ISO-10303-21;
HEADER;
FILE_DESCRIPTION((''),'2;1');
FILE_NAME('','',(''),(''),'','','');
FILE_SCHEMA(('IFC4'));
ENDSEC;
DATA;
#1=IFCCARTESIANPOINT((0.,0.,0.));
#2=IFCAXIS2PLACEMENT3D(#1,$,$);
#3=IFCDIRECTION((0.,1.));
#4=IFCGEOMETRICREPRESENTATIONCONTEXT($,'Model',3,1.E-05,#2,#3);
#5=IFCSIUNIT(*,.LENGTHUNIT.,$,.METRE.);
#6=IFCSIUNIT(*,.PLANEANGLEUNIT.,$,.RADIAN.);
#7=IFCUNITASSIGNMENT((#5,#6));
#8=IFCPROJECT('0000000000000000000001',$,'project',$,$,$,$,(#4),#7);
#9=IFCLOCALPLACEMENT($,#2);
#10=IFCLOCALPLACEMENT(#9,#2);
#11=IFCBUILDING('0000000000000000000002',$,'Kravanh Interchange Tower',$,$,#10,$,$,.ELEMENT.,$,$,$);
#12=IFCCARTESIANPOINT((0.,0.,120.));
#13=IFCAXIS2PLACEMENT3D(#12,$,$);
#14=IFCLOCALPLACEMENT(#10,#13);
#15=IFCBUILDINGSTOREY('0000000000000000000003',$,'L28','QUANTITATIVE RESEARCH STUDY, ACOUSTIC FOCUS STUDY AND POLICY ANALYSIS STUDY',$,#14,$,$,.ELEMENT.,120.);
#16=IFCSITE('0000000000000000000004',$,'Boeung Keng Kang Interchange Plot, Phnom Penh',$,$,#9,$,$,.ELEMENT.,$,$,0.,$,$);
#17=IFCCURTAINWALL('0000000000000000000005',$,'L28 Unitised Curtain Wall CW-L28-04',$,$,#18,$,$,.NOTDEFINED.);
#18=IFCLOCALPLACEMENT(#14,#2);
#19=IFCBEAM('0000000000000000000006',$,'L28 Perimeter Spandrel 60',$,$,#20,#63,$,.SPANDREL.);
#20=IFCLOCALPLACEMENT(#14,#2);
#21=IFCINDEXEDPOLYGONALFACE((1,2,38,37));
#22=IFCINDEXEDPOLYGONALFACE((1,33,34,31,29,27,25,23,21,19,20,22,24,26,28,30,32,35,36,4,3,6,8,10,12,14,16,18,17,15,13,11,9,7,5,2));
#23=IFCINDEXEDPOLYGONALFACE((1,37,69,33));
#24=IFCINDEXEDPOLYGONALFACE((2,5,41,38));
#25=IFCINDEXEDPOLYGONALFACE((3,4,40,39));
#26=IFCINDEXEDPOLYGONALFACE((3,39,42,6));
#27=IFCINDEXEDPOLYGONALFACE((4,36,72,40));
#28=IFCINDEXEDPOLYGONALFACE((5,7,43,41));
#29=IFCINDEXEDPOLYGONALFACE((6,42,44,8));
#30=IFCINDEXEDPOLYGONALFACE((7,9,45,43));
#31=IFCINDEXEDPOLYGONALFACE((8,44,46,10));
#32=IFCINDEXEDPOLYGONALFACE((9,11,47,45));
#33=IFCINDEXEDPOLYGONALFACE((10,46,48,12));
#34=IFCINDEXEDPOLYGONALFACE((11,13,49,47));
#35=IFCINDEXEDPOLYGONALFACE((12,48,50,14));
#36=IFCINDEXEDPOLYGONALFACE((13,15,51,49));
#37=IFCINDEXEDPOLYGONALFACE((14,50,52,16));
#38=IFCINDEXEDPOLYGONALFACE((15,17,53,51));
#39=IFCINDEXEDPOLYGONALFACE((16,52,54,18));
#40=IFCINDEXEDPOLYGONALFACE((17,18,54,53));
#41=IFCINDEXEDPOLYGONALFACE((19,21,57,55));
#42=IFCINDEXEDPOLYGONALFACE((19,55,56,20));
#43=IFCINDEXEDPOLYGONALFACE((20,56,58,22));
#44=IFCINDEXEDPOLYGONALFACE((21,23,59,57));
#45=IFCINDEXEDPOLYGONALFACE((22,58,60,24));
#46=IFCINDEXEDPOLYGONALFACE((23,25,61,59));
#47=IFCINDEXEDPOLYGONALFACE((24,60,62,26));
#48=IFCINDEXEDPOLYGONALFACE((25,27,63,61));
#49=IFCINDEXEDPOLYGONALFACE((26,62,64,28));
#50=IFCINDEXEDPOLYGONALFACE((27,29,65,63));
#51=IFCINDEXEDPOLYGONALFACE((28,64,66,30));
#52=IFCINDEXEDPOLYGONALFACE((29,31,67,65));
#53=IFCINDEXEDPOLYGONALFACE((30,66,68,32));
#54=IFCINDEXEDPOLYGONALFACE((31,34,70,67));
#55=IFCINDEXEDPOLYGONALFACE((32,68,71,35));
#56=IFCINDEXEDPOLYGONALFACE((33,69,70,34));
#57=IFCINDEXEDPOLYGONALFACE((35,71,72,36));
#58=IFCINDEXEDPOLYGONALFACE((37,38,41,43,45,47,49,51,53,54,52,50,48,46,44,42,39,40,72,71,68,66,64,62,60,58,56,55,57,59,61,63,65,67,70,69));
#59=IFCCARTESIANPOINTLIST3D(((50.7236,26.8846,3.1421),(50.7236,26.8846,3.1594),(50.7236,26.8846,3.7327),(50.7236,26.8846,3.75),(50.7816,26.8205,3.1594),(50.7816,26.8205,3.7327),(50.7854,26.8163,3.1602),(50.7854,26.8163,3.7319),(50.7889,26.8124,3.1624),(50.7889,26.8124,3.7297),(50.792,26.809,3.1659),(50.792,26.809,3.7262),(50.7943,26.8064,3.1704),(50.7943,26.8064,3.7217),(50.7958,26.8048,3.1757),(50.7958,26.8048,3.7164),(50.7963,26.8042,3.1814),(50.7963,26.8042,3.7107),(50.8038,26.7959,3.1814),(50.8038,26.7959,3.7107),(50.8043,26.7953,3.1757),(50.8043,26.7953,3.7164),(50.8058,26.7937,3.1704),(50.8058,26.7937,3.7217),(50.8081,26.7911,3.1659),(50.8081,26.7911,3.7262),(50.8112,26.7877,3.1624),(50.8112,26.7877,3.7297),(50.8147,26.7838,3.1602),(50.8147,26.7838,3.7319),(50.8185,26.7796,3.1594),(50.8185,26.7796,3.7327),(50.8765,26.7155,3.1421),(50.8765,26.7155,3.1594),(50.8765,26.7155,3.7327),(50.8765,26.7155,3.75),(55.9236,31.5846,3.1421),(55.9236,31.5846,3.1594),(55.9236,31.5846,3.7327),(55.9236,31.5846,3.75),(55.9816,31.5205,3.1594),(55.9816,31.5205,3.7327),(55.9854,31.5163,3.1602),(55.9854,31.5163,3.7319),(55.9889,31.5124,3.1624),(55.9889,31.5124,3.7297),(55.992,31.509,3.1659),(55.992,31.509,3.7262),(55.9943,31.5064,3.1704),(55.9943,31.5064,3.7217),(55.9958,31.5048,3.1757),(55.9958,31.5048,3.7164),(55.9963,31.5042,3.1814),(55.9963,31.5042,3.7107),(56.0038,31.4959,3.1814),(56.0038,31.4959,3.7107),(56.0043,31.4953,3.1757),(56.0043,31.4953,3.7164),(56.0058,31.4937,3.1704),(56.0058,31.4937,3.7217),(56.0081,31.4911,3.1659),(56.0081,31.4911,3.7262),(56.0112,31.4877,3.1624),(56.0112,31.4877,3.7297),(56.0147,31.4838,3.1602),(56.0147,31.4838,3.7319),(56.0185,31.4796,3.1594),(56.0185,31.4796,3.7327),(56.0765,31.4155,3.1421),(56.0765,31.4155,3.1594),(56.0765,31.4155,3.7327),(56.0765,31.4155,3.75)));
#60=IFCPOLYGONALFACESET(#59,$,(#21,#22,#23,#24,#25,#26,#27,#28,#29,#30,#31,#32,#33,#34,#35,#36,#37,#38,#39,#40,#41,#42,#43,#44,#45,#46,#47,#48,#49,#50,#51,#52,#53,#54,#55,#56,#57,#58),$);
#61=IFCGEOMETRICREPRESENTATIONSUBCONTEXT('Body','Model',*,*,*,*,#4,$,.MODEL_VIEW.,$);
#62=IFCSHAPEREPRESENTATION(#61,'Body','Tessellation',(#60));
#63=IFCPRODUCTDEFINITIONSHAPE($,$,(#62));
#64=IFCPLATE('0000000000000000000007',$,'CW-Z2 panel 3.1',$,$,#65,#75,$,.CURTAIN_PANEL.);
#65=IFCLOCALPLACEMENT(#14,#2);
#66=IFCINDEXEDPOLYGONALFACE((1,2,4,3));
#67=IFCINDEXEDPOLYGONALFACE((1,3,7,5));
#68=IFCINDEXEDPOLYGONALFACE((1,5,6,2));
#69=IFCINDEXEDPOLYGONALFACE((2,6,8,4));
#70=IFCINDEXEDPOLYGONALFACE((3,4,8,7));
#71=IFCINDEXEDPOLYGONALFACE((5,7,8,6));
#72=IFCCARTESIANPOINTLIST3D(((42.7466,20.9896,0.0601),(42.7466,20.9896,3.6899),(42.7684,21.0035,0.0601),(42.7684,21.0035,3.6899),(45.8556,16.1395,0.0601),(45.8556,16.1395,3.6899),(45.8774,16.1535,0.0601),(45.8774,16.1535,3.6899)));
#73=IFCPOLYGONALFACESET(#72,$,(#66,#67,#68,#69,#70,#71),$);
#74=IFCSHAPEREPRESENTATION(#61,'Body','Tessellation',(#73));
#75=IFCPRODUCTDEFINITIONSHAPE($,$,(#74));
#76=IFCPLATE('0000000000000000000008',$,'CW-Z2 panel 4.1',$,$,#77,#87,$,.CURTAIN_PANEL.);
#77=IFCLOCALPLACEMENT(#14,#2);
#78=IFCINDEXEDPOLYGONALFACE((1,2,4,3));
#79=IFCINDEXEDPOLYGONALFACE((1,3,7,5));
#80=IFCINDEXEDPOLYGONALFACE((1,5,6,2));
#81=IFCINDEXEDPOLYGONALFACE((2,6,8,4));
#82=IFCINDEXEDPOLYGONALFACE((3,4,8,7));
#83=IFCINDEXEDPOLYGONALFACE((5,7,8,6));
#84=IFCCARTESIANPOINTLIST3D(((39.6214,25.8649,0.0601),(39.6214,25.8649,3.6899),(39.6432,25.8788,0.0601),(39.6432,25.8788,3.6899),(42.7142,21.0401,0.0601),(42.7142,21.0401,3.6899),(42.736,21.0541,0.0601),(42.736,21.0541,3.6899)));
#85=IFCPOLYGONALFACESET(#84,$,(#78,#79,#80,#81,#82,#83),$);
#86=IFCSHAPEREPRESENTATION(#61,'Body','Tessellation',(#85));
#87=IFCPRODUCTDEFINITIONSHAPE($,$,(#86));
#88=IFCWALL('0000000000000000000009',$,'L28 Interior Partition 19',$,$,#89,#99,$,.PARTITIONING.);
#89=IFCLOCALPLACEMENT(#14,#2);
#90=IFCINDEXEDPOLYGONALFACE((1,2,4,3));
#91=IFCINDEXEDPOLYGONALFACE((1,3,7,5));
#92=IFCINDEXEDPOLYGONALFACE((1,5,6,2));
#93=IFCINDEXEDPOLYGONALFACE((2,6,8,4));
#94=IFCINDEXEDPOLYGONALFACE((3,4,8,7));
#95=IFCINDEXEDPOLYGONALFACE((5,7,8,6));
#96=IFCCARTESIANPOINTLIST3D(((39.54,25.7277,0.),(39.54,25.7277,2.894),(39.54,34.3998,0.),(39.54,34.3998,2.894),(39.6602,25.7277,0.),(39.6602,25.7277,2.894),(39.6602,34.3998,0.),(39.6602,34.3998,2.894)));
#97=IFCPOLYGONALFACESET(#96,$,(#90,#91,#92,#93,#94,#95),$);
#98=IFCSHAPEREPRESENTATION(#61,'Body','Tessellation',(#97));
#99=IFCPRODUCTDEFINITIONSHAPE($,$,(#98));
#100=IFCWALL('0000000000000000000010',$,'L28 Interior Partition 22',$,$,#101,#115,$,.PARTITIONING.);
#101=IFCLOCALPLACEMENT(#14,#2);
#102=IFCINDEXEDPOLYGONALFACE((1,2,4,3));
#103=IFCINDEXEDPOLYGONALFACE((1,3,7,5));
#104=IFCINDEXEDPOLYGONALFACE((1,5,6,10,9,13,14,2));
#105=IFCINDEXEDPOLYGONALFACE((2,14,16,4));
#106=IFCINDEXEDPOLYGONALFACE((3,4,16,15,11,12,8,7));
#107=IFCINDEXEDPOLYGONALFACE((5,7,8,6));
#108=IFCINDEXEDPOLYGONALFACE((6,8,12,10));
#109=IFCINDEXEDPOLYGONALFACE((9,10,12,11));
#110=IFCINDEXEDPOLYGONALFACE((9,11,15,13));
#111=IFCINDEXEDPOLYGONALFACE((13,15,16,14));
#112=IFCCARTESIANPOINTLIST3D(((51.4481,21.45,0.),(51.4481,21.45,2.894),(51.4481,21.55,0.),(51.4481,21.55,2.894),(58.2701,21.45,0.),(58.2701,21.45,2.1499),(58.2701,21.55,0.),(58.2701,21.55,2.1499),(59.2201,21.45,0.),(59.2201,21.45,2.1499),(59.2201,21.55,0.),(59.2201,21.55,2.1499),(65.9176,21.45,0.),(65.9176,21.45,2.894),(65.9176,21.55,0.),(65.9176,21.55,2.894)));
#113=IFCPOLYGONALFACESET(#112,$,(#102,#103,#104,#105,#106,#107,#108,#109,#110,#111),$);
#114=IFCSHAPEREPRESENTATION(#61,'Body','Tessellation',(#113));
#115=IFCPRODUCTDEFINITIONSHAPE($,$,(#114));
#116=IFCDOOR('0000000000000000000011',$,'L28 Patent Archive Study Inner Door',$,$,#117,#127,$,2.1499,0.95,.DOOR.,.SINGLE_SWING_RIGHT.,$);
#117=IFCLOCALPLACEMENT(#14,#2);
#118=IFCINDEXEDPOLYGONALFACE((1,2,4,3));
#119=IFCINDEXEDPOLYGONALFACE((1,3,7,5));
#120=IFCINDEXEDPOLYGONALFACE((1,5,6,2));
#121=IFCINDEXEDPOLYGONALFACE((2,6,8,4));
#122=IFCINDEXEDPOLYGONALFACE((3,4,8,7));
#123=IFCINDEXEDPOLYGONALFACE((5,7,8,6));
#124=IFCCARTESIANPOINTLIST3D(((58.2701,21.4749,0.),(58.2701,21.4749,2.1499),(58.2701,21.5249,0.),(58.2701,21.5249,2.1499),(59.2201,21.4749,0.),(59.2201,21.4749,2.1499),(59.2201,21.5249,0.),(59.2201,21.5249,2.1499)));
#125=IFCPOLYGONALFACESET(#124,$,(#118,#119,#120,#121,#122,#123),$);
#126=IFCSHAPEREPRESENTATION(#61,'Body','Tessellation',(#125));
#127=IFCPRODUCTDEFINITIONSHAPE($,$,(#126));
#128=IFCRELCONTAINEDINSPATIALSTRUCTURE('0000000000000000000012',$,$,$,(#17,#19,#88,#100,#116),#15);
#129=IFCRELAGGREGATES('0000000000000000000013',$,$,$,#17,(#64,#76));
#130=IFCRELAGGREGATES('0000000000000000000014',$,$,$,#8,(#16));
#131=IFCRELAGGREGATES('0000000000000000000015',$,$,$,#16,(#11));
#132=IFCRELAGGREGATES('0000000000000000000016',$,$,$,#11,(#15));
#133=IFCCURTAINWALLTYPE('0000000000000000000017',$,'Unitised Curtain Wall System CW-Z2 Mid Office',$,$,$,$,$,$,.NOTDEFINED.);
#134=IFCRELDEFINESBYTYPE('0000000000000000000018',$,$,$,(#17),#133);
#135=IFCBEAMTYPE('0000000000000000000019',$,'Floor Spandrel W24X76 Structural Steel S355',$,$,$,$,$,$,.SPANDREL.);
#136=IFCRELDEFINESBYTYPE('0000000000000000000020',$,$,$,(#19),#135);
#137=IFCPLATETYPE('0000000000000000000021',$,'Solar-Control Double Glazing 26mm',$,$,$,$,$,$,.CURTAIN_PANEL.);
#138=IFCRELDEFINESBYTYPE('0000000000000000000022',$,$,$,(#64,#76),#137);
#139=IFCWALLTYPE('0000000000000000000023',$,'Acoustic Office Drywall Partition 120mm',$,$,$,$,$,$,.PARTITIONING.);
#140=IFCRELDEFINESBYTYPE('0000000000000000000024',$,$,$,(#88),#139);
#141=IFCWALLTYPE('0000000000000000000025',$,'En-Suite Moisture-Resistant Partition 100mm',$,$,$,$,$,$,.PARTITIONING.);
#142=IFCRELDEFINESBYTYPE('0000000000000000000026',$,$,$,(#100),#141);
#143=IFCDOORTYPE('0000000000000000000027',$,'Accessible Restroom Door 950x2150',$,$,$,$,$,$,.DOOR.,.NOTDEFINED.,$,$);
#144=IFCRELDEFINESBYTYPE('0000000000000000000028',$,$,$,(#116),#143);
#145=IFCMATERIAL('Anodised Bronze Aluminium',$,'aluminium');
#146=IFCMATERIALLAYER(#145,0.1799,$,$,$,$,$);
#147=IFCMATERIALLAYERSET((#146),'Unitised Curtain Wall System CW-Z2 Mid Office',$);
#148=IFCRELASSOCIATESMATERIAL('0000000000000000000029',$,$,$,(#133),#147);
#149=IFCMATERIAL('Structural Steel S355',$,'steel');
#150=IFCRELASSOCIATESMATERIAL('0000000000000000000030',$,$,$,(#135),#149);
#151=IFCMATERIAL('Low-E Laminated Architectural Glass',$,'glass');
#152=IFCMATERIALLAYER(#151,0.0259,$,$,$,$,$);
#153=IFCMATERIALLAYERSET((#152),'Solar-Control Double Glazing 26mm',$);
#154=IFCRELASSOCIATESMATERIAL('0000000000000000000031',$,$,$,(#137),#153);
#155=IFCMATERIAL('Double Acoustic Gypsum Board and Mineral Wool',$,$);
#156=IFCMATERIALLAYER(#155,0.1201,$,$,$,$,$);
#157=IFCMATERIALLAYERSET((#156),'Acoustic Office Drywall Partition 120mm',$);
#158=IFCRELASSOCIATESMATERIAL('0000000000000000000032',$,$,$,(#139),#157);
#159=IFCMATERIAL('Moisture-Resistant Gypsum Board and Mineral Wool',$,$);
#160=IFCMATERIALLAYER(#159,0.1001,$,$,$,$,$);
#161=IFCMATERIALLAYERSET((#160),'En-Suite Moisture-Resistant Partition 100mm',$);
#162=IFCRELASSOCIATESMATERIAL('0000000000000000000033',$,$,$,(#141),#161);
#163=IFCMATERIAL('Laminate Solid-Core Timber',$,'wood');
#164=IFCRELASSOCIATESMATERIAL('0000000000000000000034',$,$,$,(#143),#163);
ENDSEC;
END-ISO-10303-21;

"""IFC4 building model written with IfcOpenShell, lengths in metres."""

from ifc_helpers import new_model, si_unit, direction, frame, frame_2d, origin, origin_2d, place, context, subcontext, project, spatial, rectangle, i_section, extrude, material, layer, layer_set, material_profile, profile_set, type_object, element, fill, aggregate, save


model = new_model("IFC4")

# Units and contexts
model_context = context("Model", 3, precision=1e-05, world=origin(), true_north=direction((0.0, 1.0)))
body_context = subcontext(model_context, "Body", "Model", "MODEL_VIEW")
ifc_project = project(units=[si_unit("LENGTHUNIT", "METRE"), si_unit("PLANEANGLEUNIT", "RADIAN")], contexts=[model_context])

# Site, building, storey
site_placement = place(None, origin())
site = spatial("IfcSite", under=ifc_project, at=site_placement, Name="Boeung Keng Kang Interchange Plot, Phnom Penh", CompositionType="ELEMENT", RefElevation=0.0)
building_placement = place(site_placement, origin())
building = spatial("IfcBuilding", under=site, at=building_placement, Name="Kravanh Interchange Tower", CompositionType="ELEMENT")
storey_placement = place(building_placement, frame((0.0, 0.0, 120.0)))
storey = spatial("IfcBuildingStorey", under=building, at=storey_placement, Name="L28", Description="QUANTITATIVE RESEARCH STUDY, ACOUSTIC FOCUS STUDY AND POLICY ANALYSIS STUDY", CompositionType="ELEMENT", Elevation=120.0)

# Curtain wall
ifc_material_1 = material(Name="Anodised Bronze Aluminium", Category="aluminium")
ifc_layer_1 = layer(ifc_material_1, 0.1799)
ifc_layer_set_1 = layer_set([ifc_layer_1], Name="Unitised Curtain Wall System CW-Z2 Mid Office")
curtain_wall_type = type_object("IfcCurtainWallType", Name="Unitised Curtain Wall System CW-Z2 Mid Office", PredefinedType="NOTDEFINED", material=ifc_layer_set_1)
curtain_wall_1_placement = place(storey_placement, origin())
curtain_wall_1 = element("IfcCurtainWall", 1, at=curtain_wall_1_placement, inside=storey, type_object=curtain_wall_type, Name="L28 Unitised Curtain Wall CW-L28-04", PredefinedType="NOTDEFINED")

# Beam
ifc_material_2 = material(Name="Structural Steel S355", Category="steel")
ifc_material_profile_1 = material_profile(ifc_material_2, i_section(OverallWidth=0.228, OverallDepth=0.6079, WebThickness=0.0112, FlangeThickness=0.0173, FilletRadius=0.022, at=origin_2d()), Name="W24X76")
ifc_profile_set_1 = profile_set([ifc_material_profile_1], Name="Structural Steel S355")
beam_type_1 = type_object("IfcBeamType", Name="Floor Spandrel W24X76 Structural Steel S355", PredefinedType="SPANDREL", material=ifc_profile_set_1)
beam_1_placement = place(storey_placement, frame((50.8, 26.8, 3.446), z_axis=(0.741874, 0.670539, 0.0), x_axis=(-0.670539, 0.741874, 0.0)))
element("IfcBeam", 2, at=beam_1_placement, inside=storey, type_object=beam_type_1, Name="L28 Perimeter Spandrel 60", PredefinedType="SPANDREL", context=body_context, shape_type="SweptSolid", body=[
    extrude(i_section(OverallWidth=0.228, OverallDepth=0.6079, WebThickness=0.0112, FlangeThickness=0.0173, FilletRadius=0.022, at=origin_2d()), origin(), (0.0, 0.0, 1.0), 7.0093),
])

# Plates
ifc_material_3 = material(Name="Low-E Laminated Architectural Glass", Category="glass")
ifc_layer_2 = layer(ifc_material_3, 0.0259)
ifc_layer_set_2 = layer_set([ifc_layer_2], Name="Solar-Control Double Glazing 26mm")
plate_type = type_object("IfcPlateType", Name="Solar-Control Double Glazing 26mm", PredefinedType="CURTAIN_PANEL", material=ifc_layer_set_2)
plate_1_placement = place(storey_placement, frame((44.312, 18.5715, 0.0601), z_axis=(0.0, 0.0, 1.0), x_axis=(-0.539665, 0.84188, 0.0)))
plate_1 = element("IfcPlate", 3, at=plate_1_placement, type_object=plate_type, Name="CW-Z2 panel 3.1", PredefinedType="CURTAIN_PANEL", context=body_context, shape_type="SweptSolid", body=[
    extrude(rectangle(XDim=5.761, YDim=0.0259, at=origin_2d()), origin(), (0.0, 0.0, 1.0), 3.6299),
])
plate_2_placement = place(storey_placement, frame((41.1787, 23.4595, 0.0601), z_axis=(0.0, 0.0, 1.0), x_axis=(-0.539665, 0.84188, 0.0)))
plate_2 = element("IfcPlate", 4, at=plate_2_placement, type_object=plate_type, Name="CW-Z2 panel 4.1", PredefinedType="CURTAIN_PANEL", context=body_context, shape_type="SweptSolid", body=[
    extrude(rectangle(XDim=5.731, YDim=0.0259, at=origin_2d()), origin(), (0.0, 0.0, 1.0), 3.6299),
])
aggregate(curtain_wall_1, [plate_1, plate_2])

# Wall
ifc_material_4 = material(Name="Double Acoustic Gypsum Board and Mineral Wool")
ifc_layer_3 = layer(ifc_material_4, 0.1201)
ifc_layer_set_3 = layer_set([ifc_layer_3], Name="Acoustic Office Drywall Partition 120mm")
wall_type_1 = type_object("IfcWallType", Name="Acoustic Office Drywall Partition 120mm", PredefinedType="PARTITIONING", material=ifc_layer_set_3)
wall_1_placement = place(storey_placement, frame((39.6001, 25.7278, 0.0), z_axis=(0.0, 0.0, 1.0), x_axis=(0.0, 1.0, 0.0)))
element("IfcWall", 5, at=wall_1_placement, inside=storey, type_object=wall_type_1, Name="L28 Interior Partition 19", PredefinedType="PARTITIONING", context=body_context, shape_type="SweptSolid", body=[
    extrude(rectangle(XDim=8.6721, YDim=0.1201, at=frame_2d((4.3359, 0.0))), origin(), (0.0, 0.0, 1.0), 2.894),
])

# Wall, opening, door
ifc_material_5 = material(Name="Moisture-Resistant Gypsum Board and Mineral Wool")
ifc_layer_4 = layer(ifc_material_5, 0.1001)
ifc_layer_set_4 = layer_set([ifc_layer_4], Name="En-Suite Moisture-Resistant Partition 100mm")
wall_type_2 = type_object("IfcWallType", Name="En-Suite Moisture-Resistant Partition 100mm", PredefinedType="PARTITIONING", material=ifc_layer_set_4)
wall_2_placement = place(storey_placement, frame((51.448, 21.5, 0.0), z_axis=(0.0, 0.0, 1.0), x_axis=(1.0, 0.0, 0.0)))
wall_2 = element("IfcWall", 6, at=wall_2_placement, inside=storey, type_object=wall_type_2, Name="L28 Interior Partition 22", PredefinedType="PARTITIONING", context=body_context, shape_type="SweptSolid", body=[
    extrude(rectangle(XDim=14.4695, YDim=0.1001, at=frame_2d((7.2349, 0.0))), origin(), (0.0, 0.0, 1.0), 2.894),
])
opening_placement = place(wall_2_placement, frame((6.822, 0.0, 0.0)))
opening = element("IfcOpeningElement", 7, at=opening_placement, cuts=wall_2, PredefinedType="OPENING", context=body_context, shape_type="SweptSolid", body=[
    extrude(rectangle(XDim=0.95, YDim=2.1499, at=frame_2d((0.4751, 1.075))), frame((0.0, 0.0601, 0.0), z_axis=(0.0, -1.0, 0.0), x_axis=(1.0, 0.0, 0.0)), (0.0, 0.0, 1.0), 0.1201),
])
ifc_material_6 = material(Name="Laminate Solid-Core Timber", Category="wood")
door_type = type_object("IfcDoorType", Name="Accessible Restroom Door 950x2150", OperationType="NOTDEFINED", PredefinedType="DOOR", material=ifc_material_6)
door_placement = place(opening_placement, origin())
door = element("IfcDoor", 8, at=door_placement, inside=storey, type_object=door_type, Name="L28 Patent Archive Study Inner Door", OperationType="SINGLE_SWING_RIGHT", OverallHeight=2.1499, OverallWidth=0.95, PredefinedType="DOOR", context=body_context, shape_type="SweptSolid", body=[
    extrude(rectangle(XDim=0.95, YDim=2.1499, at=frame_2d((0.4751, 1.075))), frame((0.0, 0.0249, 0.0), z_axis=(0.0, -1.0, 0.0), x_axis=(1.0, 0.0, 0.0)), (0.0, 0.0, 1.0), 0.05),
])
fill(opening, door)

save(model, "model.ifc")
